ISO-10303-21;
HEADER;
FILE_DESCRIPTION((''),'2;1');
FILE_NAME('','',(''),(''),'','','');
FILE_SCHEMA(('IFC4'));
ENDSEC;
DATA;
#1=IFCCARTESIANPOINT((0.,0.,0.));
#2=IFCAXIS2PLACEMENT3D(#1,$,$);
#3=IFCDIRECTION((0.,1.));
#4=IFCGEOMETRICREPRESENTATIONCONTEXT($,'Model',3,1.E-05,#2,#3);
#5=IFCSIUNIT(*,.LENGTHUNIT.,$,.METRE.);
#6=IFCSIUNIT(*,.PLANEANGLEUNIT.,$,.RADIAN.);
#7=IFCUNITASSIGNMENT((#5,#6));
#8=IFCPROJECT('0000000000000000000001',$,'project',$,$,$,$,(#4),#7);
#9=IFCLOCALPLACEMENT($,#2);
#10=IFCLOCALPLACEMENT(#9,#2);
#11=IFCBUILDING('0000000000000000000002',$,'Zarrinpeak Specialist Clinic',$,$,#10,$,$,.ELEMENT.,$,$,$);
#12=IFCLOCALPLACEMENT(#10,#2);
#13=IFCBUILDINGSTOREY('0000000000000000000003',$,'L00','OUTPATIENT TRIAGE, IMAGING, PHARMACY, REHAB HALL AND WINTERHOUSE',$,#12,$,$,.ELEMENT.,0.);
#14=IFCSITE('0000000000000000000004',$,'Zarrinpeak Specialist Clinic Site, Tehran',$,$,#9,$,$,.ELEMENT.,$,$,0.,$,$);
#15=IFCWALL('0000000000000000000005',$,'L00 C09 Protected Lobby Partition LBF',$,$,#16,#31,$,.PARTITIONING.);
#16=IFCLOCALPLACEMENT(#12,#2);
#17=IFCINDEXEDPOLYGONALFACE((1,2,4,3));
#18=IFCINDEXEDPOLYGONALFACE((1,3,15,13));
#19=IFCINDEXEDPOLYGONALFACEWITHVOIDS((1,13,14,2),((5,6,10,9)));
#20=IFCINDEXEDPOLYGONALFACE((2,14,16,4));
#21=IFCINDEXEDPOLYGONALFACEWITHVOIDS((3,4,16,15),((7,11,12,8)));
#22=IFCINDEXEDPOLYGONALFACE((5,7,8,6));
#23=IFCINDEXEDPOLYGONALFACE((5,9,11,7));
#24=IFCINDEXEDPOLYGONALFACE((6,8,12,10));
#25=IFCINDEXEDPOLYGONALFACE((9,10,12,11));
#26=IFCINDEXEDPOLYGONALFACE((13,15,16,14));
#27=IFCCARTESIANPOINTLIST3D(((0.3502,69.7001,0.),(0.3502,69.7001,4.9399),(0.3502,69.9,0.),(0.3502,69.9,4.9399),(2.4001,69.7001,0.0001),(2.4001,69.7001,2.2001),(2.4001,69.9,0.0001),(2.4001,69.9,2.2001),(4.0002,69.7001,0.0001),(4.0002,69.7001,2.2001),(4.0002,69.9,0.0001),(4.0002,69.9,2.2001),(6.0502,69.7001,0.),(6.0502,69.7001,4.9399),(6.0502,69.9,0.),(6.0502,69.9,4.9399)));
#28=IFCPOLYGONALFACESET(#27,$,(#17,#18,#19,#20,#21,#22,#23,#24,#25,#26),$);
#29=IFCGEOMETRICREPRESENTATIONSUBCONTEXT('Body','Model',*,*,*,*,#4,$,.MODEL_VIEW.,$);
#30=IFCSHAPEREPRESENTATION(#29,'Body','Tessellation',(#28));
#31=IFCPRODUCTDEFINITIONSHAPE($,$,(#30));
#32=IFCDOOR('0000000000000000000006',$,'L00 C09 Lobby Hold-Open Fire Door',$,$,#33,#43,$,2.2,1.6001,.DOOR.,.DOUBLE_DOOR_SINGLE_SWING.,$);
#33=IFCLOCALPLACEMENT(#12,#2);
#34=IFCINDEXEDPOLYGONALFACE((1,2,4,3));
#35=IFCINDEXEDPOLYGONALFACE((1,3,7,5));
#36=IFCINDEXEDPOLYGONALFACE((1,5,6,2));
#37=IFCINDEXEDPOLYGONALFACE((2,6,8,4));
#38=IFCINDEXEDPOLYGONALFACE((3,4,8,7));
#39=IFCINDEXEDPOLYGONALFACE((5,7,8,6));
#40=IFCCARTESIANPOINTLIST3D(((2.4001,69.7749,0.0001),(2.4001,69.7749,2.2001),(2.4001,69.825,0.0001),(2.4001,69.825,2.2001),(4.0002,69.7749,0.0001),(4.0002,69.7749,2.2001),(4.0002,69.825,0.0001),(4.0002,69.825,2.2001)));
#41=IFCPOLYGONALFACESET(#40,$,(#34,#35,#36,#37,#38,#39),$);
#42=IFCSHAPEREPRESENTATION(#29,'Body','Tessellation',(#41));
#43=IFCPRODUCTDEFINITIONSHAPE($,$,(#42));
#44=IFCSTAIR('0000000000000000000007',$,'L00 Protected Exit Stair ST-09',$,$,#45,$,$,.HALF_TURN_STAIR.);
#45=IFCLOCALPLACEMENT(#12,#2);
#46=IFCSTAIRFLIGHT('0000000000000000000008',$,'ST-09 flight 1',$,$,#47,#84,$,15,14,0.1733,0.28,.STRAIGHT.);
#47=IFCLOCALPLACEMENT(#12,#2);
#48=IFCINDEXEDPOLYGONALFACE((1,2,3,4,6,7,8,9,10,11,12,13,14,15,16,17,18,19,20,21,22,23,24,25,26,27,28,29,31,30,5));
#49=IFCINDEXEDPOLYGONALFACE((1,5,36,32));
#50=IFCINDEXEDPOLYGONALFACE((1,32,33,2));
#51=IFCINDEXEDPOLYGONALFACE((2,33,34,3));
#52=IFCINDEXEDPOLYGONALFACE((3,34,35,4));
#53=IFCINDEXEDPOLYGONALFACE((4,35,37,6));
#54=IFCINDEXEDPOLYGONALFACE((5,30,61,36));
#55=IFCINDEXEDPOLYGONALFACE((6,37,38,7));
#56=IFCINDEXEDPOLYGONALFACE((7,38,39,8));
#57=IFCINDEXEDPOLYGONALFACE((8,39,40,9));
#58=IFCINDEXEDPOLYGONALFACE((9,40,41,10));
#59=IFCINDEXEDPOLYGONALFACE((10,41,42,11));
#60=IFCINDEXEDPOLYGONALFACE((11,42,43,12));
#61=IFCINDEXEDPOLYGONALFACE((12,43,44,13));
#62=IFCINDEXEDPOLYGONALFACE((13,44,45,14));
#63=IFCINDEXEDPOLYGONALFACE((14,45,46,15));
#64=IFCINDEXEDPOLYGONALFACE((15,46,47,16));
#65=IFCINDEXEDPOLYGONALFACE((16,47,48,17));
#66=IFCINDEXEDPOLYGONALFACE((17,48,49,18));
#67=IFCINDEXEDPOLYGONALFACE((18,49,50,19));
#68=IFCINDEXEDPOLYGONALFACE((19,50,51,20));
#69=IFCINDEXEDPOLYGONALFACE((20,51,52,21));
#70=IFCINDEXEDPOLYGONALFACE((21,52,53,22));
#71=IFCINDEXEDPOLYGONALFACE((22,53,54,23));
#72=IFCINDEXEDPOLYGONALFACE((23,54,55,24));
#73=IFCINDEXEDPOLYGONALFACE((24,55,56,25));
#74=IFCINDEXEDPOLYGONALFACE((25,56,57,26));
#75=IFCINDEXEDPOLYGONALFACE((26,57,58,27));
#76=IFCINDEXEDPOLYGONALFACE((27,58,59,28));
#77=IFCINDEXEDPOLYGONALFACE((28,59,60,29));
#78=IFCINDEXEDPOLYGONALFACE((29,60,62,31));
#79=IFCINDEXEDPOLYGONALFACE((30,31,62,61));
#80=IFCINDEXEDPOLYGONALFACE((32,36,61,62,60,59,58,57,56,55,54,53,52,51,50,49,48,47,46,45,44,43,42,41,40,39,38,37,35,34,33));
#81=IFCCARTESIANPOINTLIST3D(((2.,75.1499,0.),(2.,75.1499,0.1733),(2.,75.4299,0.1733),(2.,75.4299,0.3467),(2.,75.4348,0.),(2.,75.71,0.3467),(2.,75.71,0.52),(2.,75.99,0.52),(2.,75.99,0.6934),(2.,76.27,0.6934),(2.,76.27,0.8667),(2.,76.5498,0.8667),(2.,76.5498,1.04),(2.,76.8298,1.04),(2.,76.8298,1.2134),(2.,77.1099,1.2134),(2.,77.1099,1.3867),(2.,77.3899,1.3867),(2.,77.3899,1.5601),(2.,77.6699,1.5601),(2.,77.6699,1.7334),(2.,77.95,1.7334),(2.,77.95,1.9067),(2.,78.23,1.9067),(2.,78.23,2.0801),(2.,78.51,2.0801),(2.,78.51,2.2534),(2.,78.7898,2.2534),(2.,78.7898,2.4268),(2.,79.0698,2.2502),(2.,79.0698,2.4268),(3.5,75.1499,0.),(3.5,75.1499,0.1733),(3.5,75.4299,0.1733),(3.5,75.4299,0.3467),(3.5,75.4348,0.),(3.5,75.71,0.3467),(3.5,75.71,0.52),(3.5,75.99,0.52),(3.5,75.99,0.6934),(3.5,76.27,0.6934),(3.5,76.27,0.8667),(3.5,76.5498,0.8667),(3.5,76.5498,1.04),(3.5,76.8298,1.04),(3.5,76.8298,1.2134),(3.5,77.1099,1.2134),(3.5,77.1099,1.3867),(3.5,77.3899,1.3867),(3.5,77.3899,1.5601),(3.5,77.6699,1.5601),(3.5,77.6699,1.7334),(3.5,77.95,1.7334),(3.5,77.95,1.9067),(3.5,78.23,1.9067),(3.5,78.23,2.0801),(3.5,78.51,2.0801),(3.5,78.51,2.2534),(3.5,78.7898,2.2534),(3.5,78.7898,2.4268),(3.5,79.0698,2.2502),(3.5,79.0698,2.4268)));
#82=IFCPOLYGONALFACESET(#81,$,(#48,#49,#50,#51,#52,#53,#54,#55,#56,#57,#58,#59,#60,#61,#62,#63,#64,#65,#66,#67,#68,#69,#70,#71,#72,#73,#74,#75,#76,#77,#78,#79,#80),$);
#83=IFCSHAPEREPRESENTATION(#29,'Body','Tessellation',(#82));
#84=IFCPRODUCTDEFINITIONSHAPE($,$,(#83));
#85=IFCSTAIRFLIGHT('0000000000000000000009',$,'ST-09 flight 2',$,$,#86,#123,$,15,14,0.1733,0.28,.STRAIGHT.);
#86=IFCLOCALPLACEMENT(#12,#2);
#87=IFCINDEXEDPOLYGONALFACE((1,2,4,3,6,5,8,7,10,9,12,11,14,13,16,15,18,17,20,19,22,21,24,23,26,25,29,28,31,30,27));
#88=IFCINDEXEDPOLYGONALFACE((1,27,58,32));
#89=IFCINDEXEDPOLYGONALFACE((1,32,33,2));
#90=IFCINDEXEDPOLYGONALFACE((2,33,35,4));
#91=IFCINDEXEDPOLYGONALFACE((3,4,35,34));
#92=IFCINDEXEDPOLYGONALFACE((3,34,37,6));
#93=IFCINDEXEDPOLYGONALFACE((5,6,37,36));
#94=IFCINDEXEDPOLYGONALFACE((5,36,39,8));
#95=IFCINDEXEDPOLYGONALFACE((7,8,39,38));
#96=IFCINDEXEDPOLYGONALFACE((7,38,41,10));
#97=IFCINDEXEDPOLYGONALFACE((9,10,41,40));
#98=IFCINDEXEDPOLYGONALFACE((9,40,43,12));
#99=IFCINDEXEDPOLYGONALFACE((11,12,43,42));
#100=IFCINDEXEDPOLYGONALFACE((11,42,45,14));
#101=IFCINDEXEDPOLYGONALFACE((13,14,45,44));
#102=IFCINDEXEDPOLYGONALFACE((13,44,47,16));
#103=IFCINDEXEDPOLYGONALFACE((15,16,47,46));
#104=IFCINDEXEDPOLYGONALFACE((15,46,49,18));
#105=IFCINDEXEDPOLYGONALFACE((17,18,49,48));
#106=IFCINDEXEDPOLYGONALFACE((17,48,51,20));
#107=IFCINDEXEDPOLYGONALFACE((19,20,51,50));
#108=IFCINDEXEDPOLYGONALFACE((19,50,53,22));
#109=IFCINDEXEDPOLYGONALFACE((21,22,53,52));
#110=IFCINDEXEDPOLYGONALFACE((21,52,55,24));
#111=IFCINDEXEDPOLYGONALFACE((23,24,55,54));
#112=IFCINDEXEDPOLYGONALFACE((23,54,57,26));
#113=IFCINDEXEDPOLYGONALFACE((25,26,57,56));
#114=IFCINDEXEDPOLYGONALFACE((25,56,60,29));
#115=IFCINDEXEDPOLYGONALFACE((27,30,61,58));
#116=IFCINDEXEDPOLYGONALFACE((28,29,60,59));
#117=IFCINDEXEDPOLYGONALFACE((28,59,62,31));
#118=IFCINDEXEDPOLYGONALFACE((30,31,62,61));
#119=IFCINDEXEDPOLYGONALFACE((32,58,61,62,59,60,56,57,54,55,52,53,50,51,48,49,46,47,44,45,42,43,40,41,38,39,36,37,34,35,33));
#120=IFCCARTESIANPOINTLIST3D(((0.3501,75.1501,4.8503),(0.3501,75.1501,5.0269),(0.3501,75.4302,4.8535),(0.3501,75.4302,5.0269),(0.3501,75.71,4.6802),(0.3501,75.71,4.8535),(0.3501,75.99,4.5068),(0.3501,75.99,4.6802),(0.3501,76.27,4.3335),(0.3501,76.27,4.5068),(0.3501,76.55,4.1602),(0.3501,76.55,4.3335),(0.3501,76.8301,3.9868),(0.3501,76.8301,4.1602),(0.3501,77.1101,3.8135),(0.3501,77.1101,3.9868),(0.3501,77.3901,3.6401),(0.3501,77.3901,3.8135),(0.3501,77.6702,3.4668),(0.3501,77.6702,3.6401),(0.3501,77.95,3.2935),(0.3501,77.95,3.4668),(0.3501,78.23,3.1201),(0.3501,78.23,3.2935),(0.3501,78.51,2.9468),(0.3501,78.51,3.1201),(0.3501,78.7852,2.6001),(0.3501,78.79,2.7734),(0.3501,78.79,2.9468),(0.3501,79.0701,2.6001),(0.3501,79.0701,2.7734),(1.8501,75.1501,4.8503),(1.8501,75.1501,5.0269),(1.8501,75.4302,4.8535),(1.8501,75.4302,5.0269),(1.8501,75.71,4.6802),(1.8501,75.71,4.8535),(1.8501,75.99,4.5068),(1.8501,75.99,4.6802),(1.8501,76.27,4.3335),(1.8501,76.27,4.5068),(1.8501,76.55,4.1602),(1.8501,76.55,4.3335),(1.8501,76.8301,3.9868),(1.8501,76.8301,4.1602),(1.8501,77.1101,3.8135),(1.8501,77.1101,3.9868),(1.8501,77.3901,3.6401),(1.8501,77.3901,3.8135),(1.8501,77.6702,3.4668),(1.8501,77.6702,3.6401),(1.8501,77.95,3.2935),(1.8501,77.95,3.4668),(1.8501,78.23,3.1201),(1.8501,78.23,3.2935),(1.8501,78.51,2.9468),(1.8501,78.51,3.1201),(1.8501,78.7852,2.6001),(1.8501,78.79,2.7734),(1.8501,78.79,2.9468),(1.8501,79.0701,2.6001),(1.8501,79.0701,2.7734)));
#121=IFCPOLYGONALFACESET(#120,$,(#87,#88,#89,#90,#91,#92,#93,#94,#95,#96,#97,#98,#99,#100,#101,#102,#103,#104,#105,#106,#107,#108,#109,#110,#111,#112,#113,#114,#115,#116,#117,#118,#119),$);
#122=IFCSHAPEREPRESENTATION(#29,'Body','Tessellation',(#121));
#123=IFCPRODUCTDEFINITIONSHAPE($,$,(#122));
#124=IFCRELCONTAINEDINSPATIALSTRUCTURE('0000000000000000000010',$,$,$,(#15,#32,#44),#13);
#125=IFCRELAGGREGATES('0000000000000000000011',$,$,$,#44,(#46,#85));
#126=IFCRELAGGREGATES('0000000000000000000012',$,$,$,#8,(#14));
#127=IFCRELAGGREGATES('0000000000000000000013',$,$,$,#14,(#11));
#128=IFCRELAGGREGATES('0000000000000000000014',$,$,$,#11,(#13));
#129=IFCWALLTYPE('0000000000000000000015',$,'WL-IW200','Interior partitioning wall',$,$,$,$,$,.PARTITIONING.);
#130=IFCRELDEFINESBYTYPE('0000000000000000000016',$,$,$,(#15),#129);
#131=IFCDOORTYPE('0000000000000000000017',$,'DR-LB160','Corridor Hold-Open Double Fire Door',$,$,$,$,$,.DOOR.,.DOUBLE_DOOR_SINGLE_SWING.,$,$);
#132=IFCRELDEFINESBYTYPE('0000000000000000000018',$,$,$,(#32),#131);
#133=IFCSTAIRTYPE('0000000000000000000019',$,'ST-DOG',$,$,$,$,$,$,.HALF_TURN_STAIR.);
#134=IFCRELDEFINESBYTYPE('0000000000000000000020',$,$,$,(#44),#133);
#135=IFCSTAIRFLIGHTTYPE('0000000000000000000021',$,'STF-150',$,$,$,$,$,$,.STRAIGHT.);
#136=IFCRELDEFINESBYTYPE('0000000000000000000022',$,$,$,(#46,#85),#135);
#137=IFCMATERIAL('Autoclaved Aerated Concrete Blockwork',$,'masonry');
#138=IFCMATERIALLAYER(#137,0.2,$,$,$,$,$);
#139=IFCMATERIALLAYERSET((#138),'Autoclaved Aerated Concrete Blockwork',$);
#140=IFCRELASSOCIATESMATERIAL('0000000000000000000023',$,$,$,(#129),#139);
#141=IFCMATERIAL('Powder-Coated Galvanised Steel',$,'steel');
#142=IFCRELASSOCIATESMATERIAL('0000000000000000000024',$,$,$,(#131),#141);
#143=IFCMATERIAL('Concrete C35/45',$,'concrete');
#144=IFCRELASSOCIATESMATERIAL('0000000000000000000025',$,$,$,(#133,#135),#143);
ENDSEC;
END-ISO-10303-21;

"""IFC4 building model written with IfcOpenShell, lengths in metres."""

from ifc_helpers import new_model, si_unit, direction, frame, frame_2d, origin, place, context, subcontext, project, spatial, polyline, rectangle, outline, extrude, material, layer, layer_set, type_object, element, fill, aggregate, save


model = new_model("IFC4")

# Units and contexts
model_context = context("Model", 3, precision=1e-05, world=origin(), true_north=direction((0.0, 1.0)))
body_context = subcontext(model_context, "Body", "Model", "MODEL_VIEW")
ifc_project = project(units=[si_unit("LENGTHUNIT", "METRE"), si_unit("PLANEANGLEUNIT", "RADIAN")], contexts=[model_context])

# Site, building, storey
site_placement = place(None, origin())
site = spatial("IfcSite", under=ifc_project, at=site_placement, Name="Zarrinpeak Specialist Clinic Site, Tehran", CompositionType="ELEMENT", RefElevation=0.0)
building_placement = place(site_placement, origin())
building = spatial("IfcBuilding", under=site, at=building_placement, Name="Zarrinpeak Specialist Clinic", CompositionType="ELEMENT")
storey_placement = place(building_placement, origin())
storey = spatial("IfcBuildingStorey", under=building, at=storey_placement, Name="L00", Description="OUTPATIENT TRIAGE, IMAGING, PHARMACY, REHAB HALL AND WINTERHOUSE", CompositionType="ELEMENT", Elevation=0.0)

# Shared definitions
ifc_material_1 = material(Name="Powder-Coated Galvanised Steel", Category="steel")

# Wall, opening, door
ifc_material_2 = material(Name="Autoclaved Aerated Concrete Blockwork", Category="masonry")
ifc_layer_1 = layer(ifc_material_2, 0.2)
ifc_layer_set_1 = layer_set([ifc_layer_1], Name="Autoclaved Aerated Concrete Blockwork")
wall_type_1 = type_object("IfcWallType", Name="WL-IW200", Description="Interior partitioning wall", PredefinedType="PARTITIONING", material=ifc_layer_set_1)
wall_1_placement = place(storey_placement, frame((0.3501, 69.8, 0.0), z_axis=(0.0, 0.0, 1.0), x_axis=(1.0, 0.0, 0.0)))
wall_1 = element("IfcWall", 1, at=wall_1_placement, inside=storey, type_object=wall_type_1, Name="L00 C09 Protected Lobby Partition LBF", PredefinedType="PARTITIONING", context=body_context, shape_type="SweptSolid", body=[
    extrude(rectangle(XDim=5.7, YDim=0.2, at=frame_2d((2.8501, 0.0))), origin(), (0.0, 0.0, 1.0), 4.9399),
])
opening_1_placement = place(wall_1_placement, frame((2.05, 0.0, 0.0)))
opening_1 = element("IfcOpeningElement", 2, at=opening_1_placement, cuts=wall_1, PredefinedType="OPENING", context=body_context, shape_type="SweptSolid", body=[
    extrude(rectangle(XDim=1.6001, YDim=2.2, at=frame_2d((0.8, 1.1001))), frame((0.0, 0.1099, 0.0), z_axis=(0.0, -1.0, 0.0), x_axis=(1.0, 0.0, 0.0)), (0.0, 0.0, 1.0), 0.22),
])
door_type_1 = type_object("IfcDoorType", Name="DR-LB160", Description="Corridor Hold-Open Double Fire Door", OperationType="DOUBLE_DOOR_SINGLE_SWING", PredefinedType="DOOR", material=ifc_material_1)
door_1_placement = place(opening_1_placement, origin())
door_1 = element("IfcDoor", 3, at=door_1_placement, inside=storey, type_object=door_type_1, Name="L00 C09 Lobby Hold-Open Fire Door", OperationType="DOUBLE_DOOR_SINGLE_SWING", OverallHeight=2.2, OverallWidth=1.6001, PredefinedType="DOOR", context=body_context, shape_type="SweptSolid", body=[
    extrude(rectangle(XDim=1.6001, YDim=2.2, at=frame_2d((0.8, 1.1001))), frame((0.0, 0.0249, 0.0), z_axis=(0.0, -1.0, 0.0), x_axis=(1.0, 0.0, 0.0)), (0.0, 0.0, 1.0), 0.05),
])
fill(opening_1, door_1)

# Stair, stair flights
ifc_material_3 = material(Name="Concrete C35/45", Category="concrete")
stair_type = type_object("IfcStairType", Name="ST-DOG", PredefinedType="HALF_TURN_STAIR", material=ifc_material_3)
stair_placement = place(storey_placement, origin())
stair = element("IfcStair", 4, at=stair_placement, inside=storey, type_object=stair_type, Name="L00 Protected Exit Stair ST-09", PredefinedType="HALF_TURN_STAIR")
stair_flight_type = type_object("IfcStairFlightType", Name="STF-150", PredefinedType="STRAIGHT", material=ifc_material_3)
stair_flight_1_placement = place(storey_placement, frame((2.75, 75.1499, 0.0), z_axis=(0.0, 0.0, 1.0), x_axis=(0.0, 1.0, 0.0)))
stair_flight_1 = element("IfcStairFlight", 5, at=stair_flight_1_placement, type_object=stair_flight_type, Name="ST-09 flight 1", NumberOfRisers=15, NumberOfTreads=14, PredefinedType="STRAIGHT", RiserHeight=0.1733, TreadLength=0.28, context=body_context, shape_type="SweptSolid", body=[
    extrude(outline(polyline([(0.0, 0.0), (0.0, 0.1733), (0.28, 0.1733), (0.28, 0.3467), (0.5601, 0.3467), (0.5601, 0.52), (0.8401, 0.52), (0.8401, 0.6934), (1.1201, 0.6934), (1.1201, 0.8667), (1.3999, 0.8667), (1.3999, 1.04), (1.6799, 1.04), (1.6799, 1.2134), (1.96, 1.2134), (1.96, 1.3867), (2.24, 1.3867), (2.24, 1.5601), (2.52, 1.5601), (2.52, 1.7334), (2.8, 1.7334), (2.8, 1.9067), (3.0801, 1.9067), (3.0801, 2.0801), (3.3601, 2.0801), (3.3601, 2.2534), (3.6399, 2.2534), (3.6399, 2.4268), (3.9199, 2.4268), (3.9199, 2.6001), (3.9199, 2.2502), (0.2849, 0.0), (0.0, 0.0)])), frame((0.0, 0.75, 0.0), z_axis=(0.0, -1.0, 0.0), x_axis=(1.0, 0.0, 0.0)), (0.0, 0.0, 1.0), 1.5),
])
stair_flight_2_placement = place(storey_placement, frame((1.1001, 79.0701, 2.6001), z_axis=(0.0, 0.0, 1.0), x_axis=(0.0, -1.0, 0.0)))
stair_flight_2 = element("IfcStairFlight", 6, at=stair_flight_2_placement, type_object=stair_flight_type, Name="ST-09 flight 2", NumberOfRisers=15, NumberOfTreads=14, PredefinedType="STRAIGHT", RiserHeight=0.1733, TreadLength=0.28, context=body_context, shape_type="SweptSolid", body=[
    extrude(outline(polyline([(0.0, 0.0), (0.0, 0.1733), (0.28, 0.1733), (0.28, 0.3467), (0.5601, 0.3467), (0.5601, 0.52), (0.8401, 0.52), (0.8401, 0.6934), (1.1201, 0.6934), (1.1201, 0.8667), (1.3999, 0.8667), (1.3999, 1.04), (1.6799, 1.04), (1.6799, 1.2134), (1.96, 1.2134), (1.96, 1.3867), (2.24, 1.3867), (2.24, 1.5601), (2.52, 1.5601), (2.52, 1.7334), (2.8, 1.7334), (2.8, 1.9067), (3.0801, 1.9067), (3.0801, 2.0801), (3.3601, 2.0801), (3.3601, 2.2534), (3.6399, 2.2534), (3.6399, 2.4268), (3.9199, 2.4268), (3.9199, 2.6001), (3.9199, 2.2502), (0.2849, 0.0), (0.0, 0.0)])), frame((0.0, 0.75, 0.0), z_axis=(0.0, -1.0, 0.0), x_axis=(1.0, 0.0, 0.0)), (0.0, 0.0, 1.0), 1.5),
])
aggregate(stair, [stair_flight_1, stair_flight_2])

save(model, "model.ifc")
